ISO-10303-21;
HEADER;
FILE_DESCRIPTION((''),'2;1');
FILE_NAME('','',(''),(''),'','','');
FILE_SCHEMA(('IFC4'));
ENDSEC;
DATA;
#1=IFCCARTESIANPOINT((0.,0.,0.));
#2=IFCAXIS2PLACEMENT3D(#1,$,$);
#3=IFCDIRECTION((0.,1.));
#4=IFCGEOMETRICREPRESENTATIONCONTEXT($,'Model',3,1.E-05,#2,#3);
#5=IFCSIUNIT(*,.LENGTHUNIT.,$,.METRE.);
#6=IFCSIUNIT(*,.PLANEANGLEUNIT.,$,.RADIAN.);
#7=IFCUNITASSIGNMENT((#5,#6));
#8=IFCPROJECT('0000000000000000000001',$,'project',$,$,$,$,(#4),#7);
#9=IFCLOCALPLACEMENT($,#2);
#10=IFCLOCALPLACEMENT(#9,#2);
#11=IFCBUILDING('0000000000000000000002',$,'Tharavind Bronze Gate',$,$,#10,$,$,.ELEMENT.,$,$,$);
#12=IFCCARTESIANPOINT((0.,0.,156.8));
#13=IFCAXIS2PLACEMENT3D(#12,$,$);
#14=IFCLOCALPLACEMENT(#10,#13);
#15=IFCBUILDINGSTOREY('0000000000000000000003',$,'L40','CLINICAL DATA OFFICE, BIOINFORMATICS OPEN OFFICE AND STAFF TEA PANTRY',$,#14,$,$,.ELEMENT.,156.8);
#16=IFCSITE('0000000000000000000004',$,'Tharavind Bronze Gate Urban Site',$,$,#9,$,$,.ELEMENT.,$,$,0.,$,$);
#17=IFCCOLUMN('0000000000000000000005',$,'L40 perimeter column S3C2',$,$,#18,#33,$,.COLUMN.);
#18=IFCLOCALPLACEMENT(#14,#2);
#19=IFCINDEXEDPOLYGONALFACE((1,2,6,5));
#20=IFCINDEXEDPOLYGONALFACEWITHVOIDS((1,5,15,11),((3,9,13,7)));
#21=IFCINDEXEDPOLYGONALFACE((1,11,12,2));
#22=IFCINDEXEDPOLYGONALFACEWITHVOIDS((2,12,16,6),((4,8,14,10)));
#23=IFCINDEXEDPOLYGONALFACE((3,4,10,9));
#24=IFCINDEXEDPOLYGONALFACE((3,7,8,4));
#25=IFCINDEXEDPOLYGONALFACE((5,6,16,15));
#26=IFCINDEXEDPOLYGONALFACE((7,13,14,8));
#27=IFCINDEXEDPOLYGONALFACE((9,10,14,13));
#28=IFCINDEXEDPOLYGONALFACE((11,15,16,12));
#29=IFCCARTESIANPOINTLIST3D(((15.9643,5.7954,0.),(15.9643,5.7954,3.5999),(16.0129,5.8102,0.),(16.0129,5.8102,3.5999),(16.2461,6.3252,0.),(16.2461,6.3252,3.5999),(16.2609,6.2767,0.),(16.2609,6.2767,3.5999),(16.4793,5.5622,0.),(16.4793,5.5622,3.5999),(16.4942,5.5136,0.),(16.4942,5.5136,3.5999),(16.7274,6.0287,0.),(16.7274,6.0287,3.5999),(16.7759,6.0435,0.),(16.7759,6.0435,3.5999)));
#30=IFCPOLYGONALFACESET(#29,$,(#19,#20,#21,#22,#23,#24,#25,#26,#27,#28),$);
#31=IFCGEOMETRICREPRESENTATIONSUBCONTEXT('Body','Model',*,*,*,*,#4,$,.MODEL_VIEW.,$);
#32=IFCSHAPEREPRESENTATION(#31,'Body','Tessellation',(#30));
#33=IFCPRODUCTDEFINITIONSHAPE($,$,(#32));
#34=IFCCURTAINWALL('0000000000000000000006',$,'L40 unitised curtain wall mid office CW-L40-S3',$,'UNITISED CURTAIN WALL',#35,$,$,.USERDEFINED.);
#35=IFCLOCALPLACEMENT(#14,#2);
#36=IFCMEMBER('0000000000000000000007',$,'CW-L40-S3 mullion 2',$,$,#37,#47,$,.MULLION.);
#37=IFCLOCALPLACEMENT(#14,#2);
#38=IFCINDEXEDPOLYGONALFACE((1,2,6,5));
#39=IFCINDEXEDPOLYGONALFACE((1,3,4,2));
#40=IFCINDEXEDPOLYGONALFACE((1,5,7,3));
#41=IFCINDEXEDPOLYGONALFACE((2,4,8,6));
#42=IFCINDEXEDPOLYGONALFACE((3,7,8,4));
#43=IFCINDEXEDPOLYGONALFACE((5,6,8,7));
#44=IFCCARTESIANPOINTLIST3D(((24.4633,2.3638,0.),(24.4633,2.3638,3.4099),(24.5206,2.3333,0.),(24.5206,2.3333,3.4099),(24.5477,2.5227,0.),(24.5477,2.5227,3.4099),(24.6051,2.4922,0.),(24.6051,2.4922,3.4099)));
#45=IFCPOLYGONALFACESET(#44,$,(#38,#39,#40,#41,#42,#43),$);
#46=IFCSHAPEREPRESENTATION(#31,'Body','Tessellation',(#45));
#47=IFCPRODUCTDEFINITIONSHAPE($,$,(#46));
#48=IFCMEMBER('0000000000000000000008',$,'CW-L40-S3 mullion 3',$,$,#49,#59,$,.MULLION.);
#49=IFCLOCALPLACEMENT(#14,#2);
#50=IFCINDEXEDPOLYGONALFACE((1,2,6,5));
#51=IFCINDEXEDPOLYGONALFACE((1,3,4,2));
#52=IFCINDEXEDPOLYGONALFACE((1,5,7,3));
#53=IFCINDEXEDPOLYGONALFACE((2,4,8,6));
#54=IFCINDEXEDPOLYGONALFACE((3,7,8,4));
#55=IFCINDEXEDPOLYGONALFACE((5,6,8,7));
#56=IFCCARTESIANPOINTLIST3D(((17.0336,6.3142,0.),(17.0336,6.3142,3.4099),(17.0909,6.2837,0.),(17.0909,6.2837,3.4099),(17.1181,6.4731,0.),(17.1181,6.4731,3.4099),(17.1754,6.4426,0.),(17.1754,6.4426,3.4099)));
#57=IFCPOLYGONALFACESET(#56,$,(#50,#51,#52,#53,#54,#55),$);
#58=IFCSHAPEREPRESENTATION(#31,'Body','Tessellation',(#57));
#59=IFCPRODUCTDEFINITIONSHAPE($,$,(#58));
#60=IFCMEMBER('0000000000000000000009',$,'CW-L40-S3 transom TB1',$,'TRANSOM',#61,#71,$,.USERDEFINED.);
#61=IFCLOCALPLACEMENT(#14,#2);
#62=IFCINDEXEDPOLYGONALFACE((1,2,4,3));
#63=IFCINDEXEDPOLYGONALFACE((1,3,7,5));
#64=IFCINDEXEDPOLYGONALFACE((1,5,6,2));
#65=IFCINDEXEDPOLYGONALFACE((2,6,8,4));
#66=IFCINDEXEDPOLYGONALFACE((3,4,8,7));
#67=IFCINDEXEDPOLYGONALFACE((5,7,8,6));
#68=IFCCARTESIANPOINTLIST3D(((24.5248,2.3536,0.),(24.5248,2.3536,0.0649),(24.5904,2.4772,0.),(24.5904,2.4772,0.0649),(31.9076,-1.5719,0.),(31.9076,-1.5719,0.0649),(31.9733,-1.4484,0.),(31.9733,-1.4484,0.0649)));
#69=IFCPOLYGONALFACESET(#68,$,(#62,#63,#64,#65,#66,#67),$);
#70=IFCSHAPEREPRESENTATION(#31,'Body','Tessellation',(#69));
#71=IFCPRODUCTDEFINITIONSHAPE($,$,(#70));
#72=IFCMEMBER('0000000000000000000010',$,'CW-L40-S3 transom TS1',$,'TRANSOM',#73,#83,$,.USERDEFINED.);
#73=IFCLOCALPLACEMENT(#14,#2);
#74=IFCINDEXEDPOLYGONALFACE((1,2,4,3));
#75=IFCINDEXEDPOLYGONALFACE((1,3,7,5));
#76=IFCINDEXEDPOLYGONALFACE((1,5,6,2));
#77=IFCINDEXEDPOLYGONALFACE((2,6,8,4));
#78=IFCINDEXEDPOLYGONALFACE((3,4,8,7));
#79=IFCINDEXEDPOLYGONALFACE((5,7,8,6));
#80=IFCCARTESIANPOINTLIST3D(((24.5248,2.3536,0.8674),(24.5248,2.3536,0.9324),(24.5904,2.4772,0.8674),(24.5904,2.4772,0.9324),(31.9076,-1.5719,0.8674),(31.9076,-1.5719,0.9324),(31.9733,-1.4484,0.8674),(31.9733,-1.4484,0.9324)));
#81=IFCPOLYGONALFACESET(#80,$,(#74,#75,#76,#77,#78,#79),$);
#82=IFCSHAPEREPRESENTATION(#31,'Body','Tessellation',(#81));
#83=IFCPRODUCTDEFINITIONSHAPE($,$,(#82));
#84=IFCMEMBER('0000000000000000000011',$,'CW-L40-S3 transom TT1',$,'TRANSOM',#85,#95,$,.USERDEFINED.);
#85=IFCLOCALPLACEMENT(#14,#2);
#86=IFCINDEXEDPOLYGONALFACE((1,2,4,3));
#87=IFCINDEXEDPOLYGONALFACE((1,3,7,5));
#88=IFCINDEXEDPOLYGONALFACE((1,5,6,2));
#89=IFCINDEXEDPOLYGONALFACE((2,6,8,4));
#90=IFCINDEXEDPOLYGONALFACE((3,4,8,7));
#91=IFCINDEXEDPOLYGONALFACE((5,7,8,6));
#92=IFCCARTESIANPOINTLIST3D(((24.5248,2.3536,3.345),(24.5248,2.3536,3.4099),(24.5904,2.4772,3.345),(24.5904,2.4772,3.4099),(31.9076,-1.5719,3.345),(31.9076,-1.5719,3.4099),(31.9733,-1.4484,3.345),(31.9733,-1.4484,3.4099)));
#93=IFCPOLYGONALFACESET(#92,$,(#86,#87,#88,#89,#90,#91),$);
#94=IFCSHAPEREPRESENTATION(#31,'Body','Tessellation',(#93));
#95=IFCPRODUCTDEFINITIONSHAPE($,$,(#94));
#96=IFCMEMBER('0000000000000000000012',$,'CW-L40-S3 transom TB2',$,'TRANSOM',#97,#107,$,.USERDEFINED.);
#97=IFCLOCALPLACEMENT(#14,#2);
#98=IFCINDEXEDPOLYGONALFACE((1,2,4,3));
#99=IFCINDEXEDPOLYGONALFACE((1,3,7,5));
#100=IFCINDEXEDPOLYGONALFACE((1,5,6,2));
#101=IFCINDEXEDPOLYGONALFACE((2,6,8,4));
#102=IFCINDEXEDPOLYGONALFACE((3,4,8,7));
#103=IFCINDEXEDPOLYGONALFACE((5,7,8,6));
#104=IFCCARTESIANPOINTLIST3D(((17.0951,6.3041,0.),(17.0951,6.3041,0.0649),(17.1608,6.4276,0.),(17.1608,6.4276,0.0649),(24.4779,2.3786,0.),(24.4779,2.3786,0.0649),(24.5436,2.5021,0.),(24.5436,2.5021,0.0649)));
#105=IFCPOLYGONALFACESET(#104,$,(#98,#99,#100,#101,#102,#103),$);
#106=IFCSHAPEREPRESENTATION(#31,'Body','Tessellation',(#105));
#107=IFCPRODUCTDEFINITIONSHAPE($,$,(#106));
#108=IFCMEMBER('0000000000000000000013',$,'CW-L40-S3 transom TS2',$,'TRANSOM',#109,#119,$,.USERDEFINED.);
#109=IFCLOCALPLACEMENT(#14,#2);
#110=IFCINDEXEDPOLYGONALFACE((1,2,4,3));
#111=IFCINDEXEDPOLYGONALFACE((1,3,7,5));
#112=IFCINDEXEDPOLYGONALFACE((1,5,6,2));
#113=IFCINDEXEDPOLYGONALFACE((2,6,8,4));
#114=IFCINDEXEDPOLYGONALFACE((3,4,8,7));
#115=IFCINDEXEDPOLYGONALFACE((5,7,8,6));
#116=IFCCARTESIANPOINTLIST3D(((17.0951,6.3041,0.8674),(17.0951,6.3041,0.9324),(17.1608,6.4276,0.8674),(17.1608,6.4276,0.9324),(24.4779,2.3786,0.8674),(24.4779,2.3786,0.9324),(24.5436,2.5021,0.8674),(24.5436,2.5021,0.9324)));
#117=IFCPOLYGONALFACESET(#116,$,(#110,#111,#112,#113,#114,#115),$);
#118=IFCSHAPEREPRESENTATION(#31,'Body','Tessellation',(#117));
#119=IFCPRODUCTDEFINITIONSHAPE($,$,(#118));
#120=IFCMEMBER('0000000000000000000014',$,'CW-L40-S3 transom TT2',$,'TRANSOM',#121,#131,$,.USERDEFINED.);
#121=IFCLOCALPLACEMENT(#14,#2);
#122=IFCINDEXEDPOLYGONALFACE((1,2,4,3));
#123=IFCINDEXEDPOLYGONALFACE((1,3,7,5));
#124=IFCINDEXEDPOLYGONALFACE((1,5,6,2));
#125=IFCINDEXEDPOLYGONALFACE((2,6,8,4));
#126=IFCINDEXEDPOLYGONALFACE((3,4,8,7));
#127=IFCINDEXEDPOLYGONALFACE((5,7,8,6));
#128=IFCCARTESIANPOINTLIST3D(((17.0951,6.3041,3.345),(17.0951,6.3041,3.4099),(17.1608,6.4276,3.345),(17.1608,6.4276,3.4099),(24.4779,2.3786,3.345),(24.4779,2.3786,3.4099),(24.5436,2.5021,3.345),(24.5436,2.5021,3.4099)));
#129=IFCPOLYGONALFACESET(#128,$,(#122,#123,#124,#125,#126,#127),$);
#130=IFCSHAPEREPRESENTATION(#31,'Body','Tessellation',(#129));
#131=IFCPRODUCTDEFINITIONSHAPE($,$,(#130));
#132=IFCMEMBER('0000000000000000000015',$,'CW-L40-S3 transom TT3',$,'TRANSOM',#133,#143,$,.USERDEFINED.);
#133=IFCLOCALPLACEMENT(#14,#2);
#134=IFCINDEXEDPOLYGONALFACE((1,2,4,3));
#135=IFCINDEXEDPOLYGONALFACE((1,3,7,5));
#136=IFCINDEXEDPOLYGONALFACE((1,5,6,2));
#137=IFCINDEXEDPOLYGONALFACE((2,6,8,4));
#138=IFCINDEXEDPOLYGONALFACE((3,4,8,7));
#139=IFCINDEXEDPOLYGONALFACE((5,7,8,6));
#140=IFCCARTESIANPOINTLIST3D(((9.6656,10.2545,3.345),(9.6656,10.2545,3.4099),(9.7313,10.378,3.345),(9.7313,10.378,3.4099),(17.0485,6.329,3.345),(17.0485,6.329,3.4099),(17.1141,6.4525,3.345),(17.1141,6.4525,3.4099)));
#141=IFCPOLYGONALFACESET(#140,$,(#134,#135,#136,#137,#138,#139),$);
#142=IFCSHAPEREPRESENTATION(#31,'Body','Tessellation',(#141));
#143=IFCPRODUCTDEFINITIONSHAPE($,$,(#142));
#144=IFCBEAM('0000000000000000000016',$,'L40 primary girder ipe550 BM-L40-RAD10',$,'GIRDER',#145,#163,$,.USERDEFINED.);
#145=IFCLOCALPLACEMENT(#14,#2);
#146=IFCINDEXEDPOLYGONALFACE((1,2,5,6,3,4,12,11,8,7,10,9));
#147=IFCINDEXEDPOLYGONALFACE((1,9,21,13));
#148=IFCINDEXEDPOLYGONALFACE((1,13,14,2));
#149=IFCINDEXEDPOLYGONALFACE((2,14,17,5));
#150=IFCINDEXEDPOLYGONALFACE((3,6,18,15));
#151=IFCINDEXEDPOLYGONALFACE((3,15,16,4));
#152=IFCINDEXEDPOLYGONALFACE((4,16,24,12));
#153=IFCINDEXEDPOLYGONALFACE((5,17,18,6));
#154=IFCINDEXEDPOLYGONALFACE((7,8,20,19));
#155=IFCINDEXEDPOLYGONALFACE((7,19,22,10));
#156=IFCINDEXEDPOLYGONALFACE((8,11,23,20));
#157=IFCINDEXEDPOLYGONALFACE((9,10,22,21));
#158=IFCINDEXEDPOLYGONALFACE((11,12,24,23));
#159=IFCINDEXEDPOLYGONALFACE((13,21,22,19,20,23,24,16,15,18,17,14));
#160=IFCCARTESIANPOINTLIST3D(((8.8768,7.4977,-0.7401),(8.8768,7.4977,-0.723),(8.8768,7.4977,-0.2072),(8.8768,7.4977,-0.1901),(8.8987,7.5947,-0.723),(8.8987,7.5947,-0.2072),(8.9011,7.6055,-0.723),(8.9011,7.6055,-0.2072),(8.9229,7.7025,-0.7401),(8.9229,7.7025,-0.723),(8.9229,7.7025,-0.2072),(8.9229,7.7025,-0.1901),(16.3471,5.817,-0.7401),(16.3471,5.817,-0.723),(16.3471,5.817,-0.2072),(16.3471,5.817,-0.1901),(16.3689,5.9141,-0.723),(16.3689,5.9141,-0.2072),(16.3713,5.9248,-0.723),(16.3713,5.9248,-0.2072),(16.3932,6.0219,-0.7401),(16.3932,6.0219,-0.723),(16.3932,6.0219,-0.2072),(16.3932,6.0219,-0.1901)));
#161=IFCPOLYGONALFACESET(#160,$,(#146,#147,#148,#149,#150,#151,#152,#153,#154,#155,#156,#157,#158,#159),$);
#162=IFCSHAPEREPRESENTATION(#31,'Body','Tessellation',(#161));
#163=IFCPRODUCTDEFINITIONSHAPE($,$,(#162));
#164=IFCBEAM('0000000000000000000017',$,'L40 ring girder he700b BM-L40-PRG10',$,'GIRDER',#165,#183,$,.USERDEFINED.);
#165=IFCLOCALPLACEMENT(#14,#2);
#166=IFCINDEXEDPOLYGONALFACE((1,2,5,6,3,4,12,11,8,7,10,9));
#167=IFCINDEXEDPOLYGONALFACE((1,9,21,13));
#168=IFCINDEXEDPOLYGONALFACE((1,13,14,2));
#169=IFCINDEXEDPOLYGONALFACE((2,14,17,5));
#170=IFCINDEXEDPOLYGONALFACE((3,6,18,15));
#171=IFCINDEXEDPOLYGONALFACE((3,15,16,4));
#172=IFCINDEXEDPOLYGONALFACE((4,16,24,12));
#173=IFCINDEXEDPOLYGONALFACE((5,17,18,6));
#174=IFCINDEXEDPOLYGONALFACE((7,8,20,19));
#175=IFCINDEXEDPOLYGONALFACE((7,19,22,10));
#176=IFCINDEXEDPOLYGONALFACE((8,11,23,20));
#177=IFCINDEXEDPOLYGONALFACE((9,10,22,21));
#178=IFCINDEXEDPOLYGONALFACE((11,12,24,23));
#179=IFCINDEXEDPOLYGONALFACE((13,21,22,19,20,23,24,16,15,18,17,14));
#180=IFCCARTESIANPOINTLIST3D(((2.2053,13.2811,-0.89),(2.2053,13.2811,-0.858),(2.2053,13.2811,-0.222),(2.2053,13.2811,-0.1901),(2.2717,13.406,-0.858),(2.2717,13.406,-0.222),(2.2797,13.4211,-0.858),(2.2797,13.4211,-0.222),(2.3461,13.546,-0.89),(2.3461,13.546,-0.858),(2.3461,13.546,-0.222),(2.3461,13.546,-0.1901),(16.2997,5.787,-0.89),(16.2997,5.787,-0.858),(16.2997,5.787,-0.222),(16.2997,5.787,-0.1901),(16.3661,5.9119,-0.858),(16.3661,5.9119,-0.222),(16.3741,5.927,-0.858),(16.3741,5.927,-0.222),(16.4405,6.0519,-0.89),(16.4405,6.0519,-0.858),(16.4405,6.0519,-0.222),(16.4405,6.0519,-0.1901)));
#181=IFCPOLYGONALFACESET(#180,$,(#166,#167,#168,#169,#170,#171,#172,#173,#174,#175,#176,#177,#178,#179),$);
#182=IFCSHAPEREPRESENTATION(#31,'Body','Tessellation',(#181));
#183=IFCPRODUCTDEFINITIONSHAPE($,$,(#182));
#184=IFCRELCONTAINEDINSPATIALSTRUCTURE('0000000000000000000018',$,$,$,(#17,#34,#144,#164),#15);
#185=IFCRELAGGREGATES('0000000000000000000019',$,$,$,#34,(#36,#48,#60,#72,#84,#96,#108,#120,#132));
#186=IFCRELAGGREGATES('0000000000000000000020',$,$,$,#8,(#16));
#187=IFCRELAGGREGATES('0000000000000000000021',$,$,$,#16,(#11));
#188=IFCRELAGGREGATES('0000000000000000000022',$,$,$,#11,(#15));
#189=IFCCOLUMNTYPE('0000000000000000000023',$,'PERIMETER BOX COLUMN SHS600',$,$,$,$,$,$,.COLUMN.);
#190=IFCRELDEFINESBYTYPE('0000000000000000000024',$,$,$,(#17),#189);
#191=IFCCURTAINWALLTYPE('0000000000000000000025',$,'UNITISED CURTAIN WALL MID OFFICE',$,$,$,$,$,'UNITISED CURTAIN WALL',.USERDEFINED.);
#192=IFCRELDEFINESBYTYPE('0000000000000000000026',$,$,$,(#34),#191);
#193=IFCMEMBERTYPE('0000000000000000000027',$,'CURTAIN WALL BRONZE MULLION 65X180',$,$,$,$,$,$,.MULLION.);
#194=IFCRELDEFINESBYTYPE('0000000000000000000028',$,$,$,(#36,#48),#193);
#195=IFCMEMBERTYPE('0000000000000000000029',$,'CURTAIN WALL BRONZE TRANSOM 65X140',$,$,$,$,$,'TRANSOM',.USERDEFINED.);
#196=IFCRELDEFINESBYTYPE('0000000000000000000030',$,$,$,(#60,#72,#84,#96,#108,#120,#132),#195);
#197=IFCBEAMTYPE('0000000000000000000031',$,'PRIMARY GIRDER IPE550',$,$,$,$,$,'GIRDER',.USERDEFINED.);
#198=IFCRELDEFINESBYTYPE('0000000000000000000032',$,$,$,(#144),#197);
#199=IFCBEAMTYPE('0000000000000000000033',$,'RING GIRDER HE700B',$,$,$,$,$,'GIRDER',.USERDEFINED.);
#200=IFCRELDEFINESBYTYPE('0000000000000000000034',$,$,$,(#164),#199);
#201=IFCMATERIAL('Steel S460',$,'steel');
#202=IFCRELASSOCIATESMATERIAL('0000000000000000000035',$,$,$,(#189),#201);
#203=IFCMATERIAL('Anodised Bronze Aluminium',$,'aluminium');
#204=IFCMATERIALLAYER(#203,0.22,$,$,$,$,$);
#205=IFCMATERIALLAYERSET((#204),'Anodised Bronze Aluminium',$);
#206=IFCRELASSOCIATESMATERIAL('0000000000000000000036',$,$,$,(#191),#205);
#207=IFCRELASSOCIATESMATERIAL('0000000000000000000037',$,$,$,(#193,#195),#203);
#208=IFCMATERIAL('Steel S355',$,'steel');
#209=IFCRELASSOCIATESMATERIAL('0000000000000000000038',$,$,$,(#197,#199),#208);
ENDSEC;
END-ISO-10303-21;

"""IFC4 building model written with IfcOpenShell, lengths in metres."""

from ifc_helpers import new_model, si_unit, direction, frame, origin, origin_2d, place, context, subcontext, project, spatial, rectangle, hollow_rectangle, i_section, extrude, material, layer, layer_set, material_profile, profile_set, type_object, element, aggregate, save


model = new_model("IFC4")

# Units and contexts
model_context = context("Model", 3, precision=1e-05, world=origin(), true_north=direction((0.0, 1.0)))
body_context = subcontext(model_context, "Body", "Model", "MODEL_VIEW")
ifc_project = project(units=[si_unit("LENGTHUNIT", "METRE"), si_unit("PLANEANGLEUNIT", "RADIAN")], contexts=[model_context])

# Site, building, storey
site_placement = place(None, origin())
site = spatial("IfcSite", under=ifc_project, at=site_placement, Name="Tharavind Bronze Gate Urban Site", CompositionType="ELEMENT", RefElevation=0.0)
building_placement = place(site_placement, origin())
building = spatial("IfcBuilding", under=site, at=building_placement, Name="Tharavind Bronze Gate", CompositionType="ELEMENT")
storey_placement = place(building_placement, frame((0.0, 0.0, 156.8)))
storey = spatial("IfcBuildingStorey", under=building, at=storey_placement, Name="L40", Description="CLINICAL DATA OFFICE, BIOINFORMATICS OPEN OFFICE AND STAFF TEA PANTRY", CompositionType="ELEMENT", Elevation=156.8)

# Column
ifc_material_1 = material(Name="Steel S460", Category="steel")
ifc_material_profile_1 = material_profile(ifc_material_1, hollow_rectangle(XDim=0.6001, YDim=0.6001, WallThickness=0.0359, at=origin_2d()), Name="SHS600X36")
ifc_profile_set_1 = profile_set([ifc_material_profile_1], Name="Steel S460")
column_type = type_object("IfcColumnType", Name="PERIMETER BOX COLUMN SHS600", PredefinedType="COLUMN", material=ifc_profile_set_1)
column_placement = place(storey_placement, frame((16.3701, 5.9194, 0.0), z_axis=(0.0, 0.0, 1.0), x_axis=(-0.882948, 0.46947, 0.0)))
element("IfcColumn", 1, at=column_placement, inside=storey, type_object=column_type, Name="L40 perimeter column S3C2", PredefinedType="COLUMN", context=body_context, shape_type="SweptSolid", body=[
    extrude(hollow_rectangle(XDim=0.6001, YDim=0.6001, WallThickness=0.0359, at=origin_2d()), origin(), (0.0, 0.0, 1.0), 3.5999),
])

# Curtain wall, members
ifc_material_2 = material(Name="Anodised Bronze Aluminium", Category="aluminium")
ifc_layer_1 = layer(ifc_material_2, 0.22)
ifc_layer_set_1 = layer_set([ifc_layer_1], Name="Anodised Bronze Aluminium")
curtain_wall_type = type_object("IfcCurtainWallType", Name="UNITISED CURTAIN WALL MID OFFICE", ElementType="UNITISED CURTAIN WALL", PredefinedType="USERDEFINED", material=ifc_layer_set_1)
curtain_wall_placement = place(storey_placement, origin())
curtain_wall = element("IfcCurtainWall", 2, at=curtain_wall_placement, inside=storey, type_object=curtain_wall_type, Name="L40 unitised curtain wall mid office CW-L40-S3", ObjectType="UNITISED CURTAIN WALL", PredefinedType="USERDEFINED")
member_type_1 = type_object("IfcMemberType", Name="CURTAIN WALL BRONZE MULLION 65X180", PredefinedType="MULLION", material=ifc_material_2)
member_1_placement = place(storey_placement, frame((24.5342, 2.428, 0.0), z_axis=(0.0, 0.0, 1.0), x_axis=(-0.882948, 0.469472, 0.0)))
member_1 = element("IfcMember", 3, at=member_1_placement, type_object=member_type_1, Name="CW-L40-S3 mullion 2", PredefinedType="MULLION", context=body_context, shape_type="SweptSolid", body=[
    extrude(rectangle(XDim=0.0649, YDim=0.1799, at=origin_2d()), origin(), (0.0, 0.0, 1.0), 3.4099),
])
member_2_placement = place(storey_placement, frame((17.1045, 6.3784, 0.0), z_axis=(0.0, 0.0, 1.0), x_axis=(-0.882948, 0.469472, 0.0)))
member_2 = element("IfcMember", 4, at=member_2_placement, type_object=member_type_1, Name="CW-L40-S3 mullion 3", PredefinedType="MULLION", context=body_context, shape_type="SweptSolid", body=[
    extrude(rectangle(XDim=0.0649, YDim=0.1799, at=origin_2d()), origin(), (0.0, 0.0, 1.0), 3.4099),
])
member_type_2 = type_object("IfcMemberType", Name="CURTAIN WALL BRONZE TRANSOM 65X140", ElementType="TRANSOM", PredefinedType="USERDEFINED", material=ifc_material_2)
member_3_placement = place(storey_placement, frame((28.249, 0.4526, 0.0), z_axis=(0.0, 0.0, 1.0), x_axis=(-0.882948, 0.469472, 0.0)))
member_3 = element("IfcMember", 5, at=member_3_placement, type_object=member_type_2, Name="CW-L40-S3 transom TB1", ObjectType="TRANSOM", PredefinedType="USERDEFINED", context=body_context, shape_type="SweptSolid", body=[
    extrude(rectangle(XDim=8.3616, YDim=0.1399, at=origin_2d()), origin(), (0.0, 0.0, 1.0), 0.0649),
])
member_4_placement = place(storey_placement, frame((28.249, 0.4526, 0.8674), z_axis=(0.0, 0.0, 1.0), x_axis=(-0.882948, 0.469472, 0.0)))
member_4 = element("IfcMember", 6, at=member_4_placement, type_object=member_type_2, Name="CW-L40-S3 transom TS1", ObjectType="TRANSOM", PredefinedType="USERDEFINED", context=body_context, shape_type="SweptSolid", body=[
    extrude(rectangle(XDim=8.3616, YDim=0.1399, at=origin_2d()), origin(), (0.0, 0.0, 1.0), 0.0649),
])
member_5_placement = place(storey_placement, frame((28.249, 0.4526, 3.345), z_axis=(0.0, 0.0, 1.0), x_axis=(-0.882948, 0.469472, 0.0)))
member_5 = element("IfcMember", 7, at=member_5_placement, type_object=member_type_2, Name="CW-L40-S3 transom TT1", ObjectType="TRANSOM", PredefinedType="USERDEFINED", context=body_context, shape_type="SweptSolid", body=[
    extrude(rectangle(XDim=8.3616, YDim=0.1399, at=origin_2d()), origin(), (0.0, 0.0, 1.0), 0.0649),
])
member_6_placement = place(storey_placement, frame((20.8193, 4.4031, 0.0), z_axis=(0.0, 0.0, 1.0), x_axis=(-0.882948, 0.469472, 0.0)))
member_6 = element("IfcMember", 8, at=member_6_placement, type_object=member_type_2, Name="CW-L40-S3 transom TB2", ObjectType="TRANSOM", PredefinedType="USERDEFINED", context=body_context, shape_type="SweptSolid", body=[
    extrude(rectangle(XDim=8.3616, YDim=0.1399, at=origin_2d()), origin(), (0.0, 0.0, 1.0), 0.0649),
])
member_7_placement = place(storey_placement, frame((20.8193, 4.4031, 0.8674), z_axis=(0.0, 0.0, 1.0), x_axis=(-0.882948, 0.469472, 0.0)))
member_7 = element("IfcMember", 9, at=member_7_placement, type_object=member_type_2, Name="CW-L40-S3 transom TS2", ObjectType="TRANSOM", PredefinedType="USERDEFINED", context=body_context, shape_type="SweptSolid", body=[
    extrude(rectangle(XDim=8.3616, YDim=0.1399, at=origin_2d()), origin(), (0.0, 0.0, 1.0), 0.0649),
])
member_8_placement = place(storey_placement, frame((20.8193, 4.4031, 3.345), z_axis=(0.0, 0.0, 1.0), x_axis=(-0.882948, 0.469472, 0.0)))
member_8 = element("IfcMember", 10, at=member_8_placement, type_object=member_type_2, Name="CW-L40-S3 transom TT2", ObjectType="TRANSOM", PredefinedType="USERDEFINED", context=body_context, shape_type="SweptSolid", body=[
    extrude(rectangle(XDim=8.3616, YDim=0.1399, at=origin_2d()), origin(), (0.0, 0.0, 1.0), 0.0649),
])
member_9_placement = place(storey_placement, frame((13.3899, 8.3535, 3.345), z_axis=(0.0, 0.0, 1.0), x_axis=(-0.882948, 0.469472, 0.0)))
member_9 = element("IfcMember", 11, at=member_9_placement, type_object=member_type_2, Name="CW-L40-S3 transom TT3", ObjectType="TRANSOM", PredefinedType="USERDEFINED", context=body_context, shape_type="SweptSolid", body=[
    extrude(rectangle(XDim=8.3616, YDim=0.1399, at=origin_2d()), origin(), (0.0, 0.0, 1.0), 0.0649),
])

# Beams
ifc_material_3 = material(Name="Steel S355", Category="steel")
ifc_material_profile_2 = material_profile(ifc_material_3, i_section(OverallWidth=0.21, OverallDepth=0.55, WebThickness=0.011, FlangeThickness=0.0171, at=origin_2d()), Name="IPE550")
ifc_profile_set_2 = profile_set([ifc_material_profile_2], Name="Steel S355")
beam_type_1 = type_object("IfcBeamType", Name="PRIMARY GIRDER IPE550", ElementType="GIRDER", PredefinedType="USERDEFINED", material=ifc_profile_set_2)
beam_1_placement = place(storey_placement, frame((16.3701, 5.9194, -0.4651), z_axis=(-0.975614, 0.219496, 0.0), x_axis=(-0.219496, -0.975614, 0.0)))
element("IfcBeam", 12, at=beam_1_placement, inside=storey, type_object=beam_type_1, Name="L40 primary girder ipe550 BM-L40-RAD10", ObjectType="GIRDER", PredefinedType="USERDEFINED", context=body_context, shape_type="SweptSolid", body=[
    extrude(i_section(OverallWidth=0.21, OverallDepth=0.55, WebThickness=0.011, FlangeThickness=0.0171, at=origin_2d()), origin(), (0.0, 0.0, 1.0), 7.657),
])
ifc_material_profile_3 = material_profile(ifc_material_3, i_section(OverallWidth=0.3, OverallDepth=0.7, WebThickness=0.0171, FlangeThickness=0.032, at=origin_2d()), Name="HE700B")
ifc_profile_set_3 = profile_set([ifc_material_profile_3], Name="Steel S355")
beam_type_2 = type_object("IfcBeamType", Name="RING GIRDER HE700B", ElementType="GIRDER", PredefinedType="USERDEFINED", material=ifc_profile_set_3)
beam_2_placement = place(storey_placement, frame((16.3701, 5.9194, -0.54), z_axis=(-0.882948, 0.46947, 0.0), x_axis=(-0.46947, -0.882948, 0.0)))
element("IfcBeam", 13, at=beam_2_placement, inside=storey, type_object=beam_type_2, Name="L40 ring girder he700b BM-L40-PRG10", ObjectType="GIRDER", PredefinedType="USERDEFINED", context=body_context, shape_type="SweptSolid", body=[
    extrude(i_section(OverallWidth=0.3, OverallDepth=0.7, WebThickness=0.0171, FlangeThickness=0.032, at=origin_2d()), origin(), (0.0, 0.0, 1.0), 15.9629),
])

aggregate(curtain_wall, [member_1, member_2, member_3, member_4, member_5, member_6, member_7, member_8, member_9])

save(model, "model.ifc")
